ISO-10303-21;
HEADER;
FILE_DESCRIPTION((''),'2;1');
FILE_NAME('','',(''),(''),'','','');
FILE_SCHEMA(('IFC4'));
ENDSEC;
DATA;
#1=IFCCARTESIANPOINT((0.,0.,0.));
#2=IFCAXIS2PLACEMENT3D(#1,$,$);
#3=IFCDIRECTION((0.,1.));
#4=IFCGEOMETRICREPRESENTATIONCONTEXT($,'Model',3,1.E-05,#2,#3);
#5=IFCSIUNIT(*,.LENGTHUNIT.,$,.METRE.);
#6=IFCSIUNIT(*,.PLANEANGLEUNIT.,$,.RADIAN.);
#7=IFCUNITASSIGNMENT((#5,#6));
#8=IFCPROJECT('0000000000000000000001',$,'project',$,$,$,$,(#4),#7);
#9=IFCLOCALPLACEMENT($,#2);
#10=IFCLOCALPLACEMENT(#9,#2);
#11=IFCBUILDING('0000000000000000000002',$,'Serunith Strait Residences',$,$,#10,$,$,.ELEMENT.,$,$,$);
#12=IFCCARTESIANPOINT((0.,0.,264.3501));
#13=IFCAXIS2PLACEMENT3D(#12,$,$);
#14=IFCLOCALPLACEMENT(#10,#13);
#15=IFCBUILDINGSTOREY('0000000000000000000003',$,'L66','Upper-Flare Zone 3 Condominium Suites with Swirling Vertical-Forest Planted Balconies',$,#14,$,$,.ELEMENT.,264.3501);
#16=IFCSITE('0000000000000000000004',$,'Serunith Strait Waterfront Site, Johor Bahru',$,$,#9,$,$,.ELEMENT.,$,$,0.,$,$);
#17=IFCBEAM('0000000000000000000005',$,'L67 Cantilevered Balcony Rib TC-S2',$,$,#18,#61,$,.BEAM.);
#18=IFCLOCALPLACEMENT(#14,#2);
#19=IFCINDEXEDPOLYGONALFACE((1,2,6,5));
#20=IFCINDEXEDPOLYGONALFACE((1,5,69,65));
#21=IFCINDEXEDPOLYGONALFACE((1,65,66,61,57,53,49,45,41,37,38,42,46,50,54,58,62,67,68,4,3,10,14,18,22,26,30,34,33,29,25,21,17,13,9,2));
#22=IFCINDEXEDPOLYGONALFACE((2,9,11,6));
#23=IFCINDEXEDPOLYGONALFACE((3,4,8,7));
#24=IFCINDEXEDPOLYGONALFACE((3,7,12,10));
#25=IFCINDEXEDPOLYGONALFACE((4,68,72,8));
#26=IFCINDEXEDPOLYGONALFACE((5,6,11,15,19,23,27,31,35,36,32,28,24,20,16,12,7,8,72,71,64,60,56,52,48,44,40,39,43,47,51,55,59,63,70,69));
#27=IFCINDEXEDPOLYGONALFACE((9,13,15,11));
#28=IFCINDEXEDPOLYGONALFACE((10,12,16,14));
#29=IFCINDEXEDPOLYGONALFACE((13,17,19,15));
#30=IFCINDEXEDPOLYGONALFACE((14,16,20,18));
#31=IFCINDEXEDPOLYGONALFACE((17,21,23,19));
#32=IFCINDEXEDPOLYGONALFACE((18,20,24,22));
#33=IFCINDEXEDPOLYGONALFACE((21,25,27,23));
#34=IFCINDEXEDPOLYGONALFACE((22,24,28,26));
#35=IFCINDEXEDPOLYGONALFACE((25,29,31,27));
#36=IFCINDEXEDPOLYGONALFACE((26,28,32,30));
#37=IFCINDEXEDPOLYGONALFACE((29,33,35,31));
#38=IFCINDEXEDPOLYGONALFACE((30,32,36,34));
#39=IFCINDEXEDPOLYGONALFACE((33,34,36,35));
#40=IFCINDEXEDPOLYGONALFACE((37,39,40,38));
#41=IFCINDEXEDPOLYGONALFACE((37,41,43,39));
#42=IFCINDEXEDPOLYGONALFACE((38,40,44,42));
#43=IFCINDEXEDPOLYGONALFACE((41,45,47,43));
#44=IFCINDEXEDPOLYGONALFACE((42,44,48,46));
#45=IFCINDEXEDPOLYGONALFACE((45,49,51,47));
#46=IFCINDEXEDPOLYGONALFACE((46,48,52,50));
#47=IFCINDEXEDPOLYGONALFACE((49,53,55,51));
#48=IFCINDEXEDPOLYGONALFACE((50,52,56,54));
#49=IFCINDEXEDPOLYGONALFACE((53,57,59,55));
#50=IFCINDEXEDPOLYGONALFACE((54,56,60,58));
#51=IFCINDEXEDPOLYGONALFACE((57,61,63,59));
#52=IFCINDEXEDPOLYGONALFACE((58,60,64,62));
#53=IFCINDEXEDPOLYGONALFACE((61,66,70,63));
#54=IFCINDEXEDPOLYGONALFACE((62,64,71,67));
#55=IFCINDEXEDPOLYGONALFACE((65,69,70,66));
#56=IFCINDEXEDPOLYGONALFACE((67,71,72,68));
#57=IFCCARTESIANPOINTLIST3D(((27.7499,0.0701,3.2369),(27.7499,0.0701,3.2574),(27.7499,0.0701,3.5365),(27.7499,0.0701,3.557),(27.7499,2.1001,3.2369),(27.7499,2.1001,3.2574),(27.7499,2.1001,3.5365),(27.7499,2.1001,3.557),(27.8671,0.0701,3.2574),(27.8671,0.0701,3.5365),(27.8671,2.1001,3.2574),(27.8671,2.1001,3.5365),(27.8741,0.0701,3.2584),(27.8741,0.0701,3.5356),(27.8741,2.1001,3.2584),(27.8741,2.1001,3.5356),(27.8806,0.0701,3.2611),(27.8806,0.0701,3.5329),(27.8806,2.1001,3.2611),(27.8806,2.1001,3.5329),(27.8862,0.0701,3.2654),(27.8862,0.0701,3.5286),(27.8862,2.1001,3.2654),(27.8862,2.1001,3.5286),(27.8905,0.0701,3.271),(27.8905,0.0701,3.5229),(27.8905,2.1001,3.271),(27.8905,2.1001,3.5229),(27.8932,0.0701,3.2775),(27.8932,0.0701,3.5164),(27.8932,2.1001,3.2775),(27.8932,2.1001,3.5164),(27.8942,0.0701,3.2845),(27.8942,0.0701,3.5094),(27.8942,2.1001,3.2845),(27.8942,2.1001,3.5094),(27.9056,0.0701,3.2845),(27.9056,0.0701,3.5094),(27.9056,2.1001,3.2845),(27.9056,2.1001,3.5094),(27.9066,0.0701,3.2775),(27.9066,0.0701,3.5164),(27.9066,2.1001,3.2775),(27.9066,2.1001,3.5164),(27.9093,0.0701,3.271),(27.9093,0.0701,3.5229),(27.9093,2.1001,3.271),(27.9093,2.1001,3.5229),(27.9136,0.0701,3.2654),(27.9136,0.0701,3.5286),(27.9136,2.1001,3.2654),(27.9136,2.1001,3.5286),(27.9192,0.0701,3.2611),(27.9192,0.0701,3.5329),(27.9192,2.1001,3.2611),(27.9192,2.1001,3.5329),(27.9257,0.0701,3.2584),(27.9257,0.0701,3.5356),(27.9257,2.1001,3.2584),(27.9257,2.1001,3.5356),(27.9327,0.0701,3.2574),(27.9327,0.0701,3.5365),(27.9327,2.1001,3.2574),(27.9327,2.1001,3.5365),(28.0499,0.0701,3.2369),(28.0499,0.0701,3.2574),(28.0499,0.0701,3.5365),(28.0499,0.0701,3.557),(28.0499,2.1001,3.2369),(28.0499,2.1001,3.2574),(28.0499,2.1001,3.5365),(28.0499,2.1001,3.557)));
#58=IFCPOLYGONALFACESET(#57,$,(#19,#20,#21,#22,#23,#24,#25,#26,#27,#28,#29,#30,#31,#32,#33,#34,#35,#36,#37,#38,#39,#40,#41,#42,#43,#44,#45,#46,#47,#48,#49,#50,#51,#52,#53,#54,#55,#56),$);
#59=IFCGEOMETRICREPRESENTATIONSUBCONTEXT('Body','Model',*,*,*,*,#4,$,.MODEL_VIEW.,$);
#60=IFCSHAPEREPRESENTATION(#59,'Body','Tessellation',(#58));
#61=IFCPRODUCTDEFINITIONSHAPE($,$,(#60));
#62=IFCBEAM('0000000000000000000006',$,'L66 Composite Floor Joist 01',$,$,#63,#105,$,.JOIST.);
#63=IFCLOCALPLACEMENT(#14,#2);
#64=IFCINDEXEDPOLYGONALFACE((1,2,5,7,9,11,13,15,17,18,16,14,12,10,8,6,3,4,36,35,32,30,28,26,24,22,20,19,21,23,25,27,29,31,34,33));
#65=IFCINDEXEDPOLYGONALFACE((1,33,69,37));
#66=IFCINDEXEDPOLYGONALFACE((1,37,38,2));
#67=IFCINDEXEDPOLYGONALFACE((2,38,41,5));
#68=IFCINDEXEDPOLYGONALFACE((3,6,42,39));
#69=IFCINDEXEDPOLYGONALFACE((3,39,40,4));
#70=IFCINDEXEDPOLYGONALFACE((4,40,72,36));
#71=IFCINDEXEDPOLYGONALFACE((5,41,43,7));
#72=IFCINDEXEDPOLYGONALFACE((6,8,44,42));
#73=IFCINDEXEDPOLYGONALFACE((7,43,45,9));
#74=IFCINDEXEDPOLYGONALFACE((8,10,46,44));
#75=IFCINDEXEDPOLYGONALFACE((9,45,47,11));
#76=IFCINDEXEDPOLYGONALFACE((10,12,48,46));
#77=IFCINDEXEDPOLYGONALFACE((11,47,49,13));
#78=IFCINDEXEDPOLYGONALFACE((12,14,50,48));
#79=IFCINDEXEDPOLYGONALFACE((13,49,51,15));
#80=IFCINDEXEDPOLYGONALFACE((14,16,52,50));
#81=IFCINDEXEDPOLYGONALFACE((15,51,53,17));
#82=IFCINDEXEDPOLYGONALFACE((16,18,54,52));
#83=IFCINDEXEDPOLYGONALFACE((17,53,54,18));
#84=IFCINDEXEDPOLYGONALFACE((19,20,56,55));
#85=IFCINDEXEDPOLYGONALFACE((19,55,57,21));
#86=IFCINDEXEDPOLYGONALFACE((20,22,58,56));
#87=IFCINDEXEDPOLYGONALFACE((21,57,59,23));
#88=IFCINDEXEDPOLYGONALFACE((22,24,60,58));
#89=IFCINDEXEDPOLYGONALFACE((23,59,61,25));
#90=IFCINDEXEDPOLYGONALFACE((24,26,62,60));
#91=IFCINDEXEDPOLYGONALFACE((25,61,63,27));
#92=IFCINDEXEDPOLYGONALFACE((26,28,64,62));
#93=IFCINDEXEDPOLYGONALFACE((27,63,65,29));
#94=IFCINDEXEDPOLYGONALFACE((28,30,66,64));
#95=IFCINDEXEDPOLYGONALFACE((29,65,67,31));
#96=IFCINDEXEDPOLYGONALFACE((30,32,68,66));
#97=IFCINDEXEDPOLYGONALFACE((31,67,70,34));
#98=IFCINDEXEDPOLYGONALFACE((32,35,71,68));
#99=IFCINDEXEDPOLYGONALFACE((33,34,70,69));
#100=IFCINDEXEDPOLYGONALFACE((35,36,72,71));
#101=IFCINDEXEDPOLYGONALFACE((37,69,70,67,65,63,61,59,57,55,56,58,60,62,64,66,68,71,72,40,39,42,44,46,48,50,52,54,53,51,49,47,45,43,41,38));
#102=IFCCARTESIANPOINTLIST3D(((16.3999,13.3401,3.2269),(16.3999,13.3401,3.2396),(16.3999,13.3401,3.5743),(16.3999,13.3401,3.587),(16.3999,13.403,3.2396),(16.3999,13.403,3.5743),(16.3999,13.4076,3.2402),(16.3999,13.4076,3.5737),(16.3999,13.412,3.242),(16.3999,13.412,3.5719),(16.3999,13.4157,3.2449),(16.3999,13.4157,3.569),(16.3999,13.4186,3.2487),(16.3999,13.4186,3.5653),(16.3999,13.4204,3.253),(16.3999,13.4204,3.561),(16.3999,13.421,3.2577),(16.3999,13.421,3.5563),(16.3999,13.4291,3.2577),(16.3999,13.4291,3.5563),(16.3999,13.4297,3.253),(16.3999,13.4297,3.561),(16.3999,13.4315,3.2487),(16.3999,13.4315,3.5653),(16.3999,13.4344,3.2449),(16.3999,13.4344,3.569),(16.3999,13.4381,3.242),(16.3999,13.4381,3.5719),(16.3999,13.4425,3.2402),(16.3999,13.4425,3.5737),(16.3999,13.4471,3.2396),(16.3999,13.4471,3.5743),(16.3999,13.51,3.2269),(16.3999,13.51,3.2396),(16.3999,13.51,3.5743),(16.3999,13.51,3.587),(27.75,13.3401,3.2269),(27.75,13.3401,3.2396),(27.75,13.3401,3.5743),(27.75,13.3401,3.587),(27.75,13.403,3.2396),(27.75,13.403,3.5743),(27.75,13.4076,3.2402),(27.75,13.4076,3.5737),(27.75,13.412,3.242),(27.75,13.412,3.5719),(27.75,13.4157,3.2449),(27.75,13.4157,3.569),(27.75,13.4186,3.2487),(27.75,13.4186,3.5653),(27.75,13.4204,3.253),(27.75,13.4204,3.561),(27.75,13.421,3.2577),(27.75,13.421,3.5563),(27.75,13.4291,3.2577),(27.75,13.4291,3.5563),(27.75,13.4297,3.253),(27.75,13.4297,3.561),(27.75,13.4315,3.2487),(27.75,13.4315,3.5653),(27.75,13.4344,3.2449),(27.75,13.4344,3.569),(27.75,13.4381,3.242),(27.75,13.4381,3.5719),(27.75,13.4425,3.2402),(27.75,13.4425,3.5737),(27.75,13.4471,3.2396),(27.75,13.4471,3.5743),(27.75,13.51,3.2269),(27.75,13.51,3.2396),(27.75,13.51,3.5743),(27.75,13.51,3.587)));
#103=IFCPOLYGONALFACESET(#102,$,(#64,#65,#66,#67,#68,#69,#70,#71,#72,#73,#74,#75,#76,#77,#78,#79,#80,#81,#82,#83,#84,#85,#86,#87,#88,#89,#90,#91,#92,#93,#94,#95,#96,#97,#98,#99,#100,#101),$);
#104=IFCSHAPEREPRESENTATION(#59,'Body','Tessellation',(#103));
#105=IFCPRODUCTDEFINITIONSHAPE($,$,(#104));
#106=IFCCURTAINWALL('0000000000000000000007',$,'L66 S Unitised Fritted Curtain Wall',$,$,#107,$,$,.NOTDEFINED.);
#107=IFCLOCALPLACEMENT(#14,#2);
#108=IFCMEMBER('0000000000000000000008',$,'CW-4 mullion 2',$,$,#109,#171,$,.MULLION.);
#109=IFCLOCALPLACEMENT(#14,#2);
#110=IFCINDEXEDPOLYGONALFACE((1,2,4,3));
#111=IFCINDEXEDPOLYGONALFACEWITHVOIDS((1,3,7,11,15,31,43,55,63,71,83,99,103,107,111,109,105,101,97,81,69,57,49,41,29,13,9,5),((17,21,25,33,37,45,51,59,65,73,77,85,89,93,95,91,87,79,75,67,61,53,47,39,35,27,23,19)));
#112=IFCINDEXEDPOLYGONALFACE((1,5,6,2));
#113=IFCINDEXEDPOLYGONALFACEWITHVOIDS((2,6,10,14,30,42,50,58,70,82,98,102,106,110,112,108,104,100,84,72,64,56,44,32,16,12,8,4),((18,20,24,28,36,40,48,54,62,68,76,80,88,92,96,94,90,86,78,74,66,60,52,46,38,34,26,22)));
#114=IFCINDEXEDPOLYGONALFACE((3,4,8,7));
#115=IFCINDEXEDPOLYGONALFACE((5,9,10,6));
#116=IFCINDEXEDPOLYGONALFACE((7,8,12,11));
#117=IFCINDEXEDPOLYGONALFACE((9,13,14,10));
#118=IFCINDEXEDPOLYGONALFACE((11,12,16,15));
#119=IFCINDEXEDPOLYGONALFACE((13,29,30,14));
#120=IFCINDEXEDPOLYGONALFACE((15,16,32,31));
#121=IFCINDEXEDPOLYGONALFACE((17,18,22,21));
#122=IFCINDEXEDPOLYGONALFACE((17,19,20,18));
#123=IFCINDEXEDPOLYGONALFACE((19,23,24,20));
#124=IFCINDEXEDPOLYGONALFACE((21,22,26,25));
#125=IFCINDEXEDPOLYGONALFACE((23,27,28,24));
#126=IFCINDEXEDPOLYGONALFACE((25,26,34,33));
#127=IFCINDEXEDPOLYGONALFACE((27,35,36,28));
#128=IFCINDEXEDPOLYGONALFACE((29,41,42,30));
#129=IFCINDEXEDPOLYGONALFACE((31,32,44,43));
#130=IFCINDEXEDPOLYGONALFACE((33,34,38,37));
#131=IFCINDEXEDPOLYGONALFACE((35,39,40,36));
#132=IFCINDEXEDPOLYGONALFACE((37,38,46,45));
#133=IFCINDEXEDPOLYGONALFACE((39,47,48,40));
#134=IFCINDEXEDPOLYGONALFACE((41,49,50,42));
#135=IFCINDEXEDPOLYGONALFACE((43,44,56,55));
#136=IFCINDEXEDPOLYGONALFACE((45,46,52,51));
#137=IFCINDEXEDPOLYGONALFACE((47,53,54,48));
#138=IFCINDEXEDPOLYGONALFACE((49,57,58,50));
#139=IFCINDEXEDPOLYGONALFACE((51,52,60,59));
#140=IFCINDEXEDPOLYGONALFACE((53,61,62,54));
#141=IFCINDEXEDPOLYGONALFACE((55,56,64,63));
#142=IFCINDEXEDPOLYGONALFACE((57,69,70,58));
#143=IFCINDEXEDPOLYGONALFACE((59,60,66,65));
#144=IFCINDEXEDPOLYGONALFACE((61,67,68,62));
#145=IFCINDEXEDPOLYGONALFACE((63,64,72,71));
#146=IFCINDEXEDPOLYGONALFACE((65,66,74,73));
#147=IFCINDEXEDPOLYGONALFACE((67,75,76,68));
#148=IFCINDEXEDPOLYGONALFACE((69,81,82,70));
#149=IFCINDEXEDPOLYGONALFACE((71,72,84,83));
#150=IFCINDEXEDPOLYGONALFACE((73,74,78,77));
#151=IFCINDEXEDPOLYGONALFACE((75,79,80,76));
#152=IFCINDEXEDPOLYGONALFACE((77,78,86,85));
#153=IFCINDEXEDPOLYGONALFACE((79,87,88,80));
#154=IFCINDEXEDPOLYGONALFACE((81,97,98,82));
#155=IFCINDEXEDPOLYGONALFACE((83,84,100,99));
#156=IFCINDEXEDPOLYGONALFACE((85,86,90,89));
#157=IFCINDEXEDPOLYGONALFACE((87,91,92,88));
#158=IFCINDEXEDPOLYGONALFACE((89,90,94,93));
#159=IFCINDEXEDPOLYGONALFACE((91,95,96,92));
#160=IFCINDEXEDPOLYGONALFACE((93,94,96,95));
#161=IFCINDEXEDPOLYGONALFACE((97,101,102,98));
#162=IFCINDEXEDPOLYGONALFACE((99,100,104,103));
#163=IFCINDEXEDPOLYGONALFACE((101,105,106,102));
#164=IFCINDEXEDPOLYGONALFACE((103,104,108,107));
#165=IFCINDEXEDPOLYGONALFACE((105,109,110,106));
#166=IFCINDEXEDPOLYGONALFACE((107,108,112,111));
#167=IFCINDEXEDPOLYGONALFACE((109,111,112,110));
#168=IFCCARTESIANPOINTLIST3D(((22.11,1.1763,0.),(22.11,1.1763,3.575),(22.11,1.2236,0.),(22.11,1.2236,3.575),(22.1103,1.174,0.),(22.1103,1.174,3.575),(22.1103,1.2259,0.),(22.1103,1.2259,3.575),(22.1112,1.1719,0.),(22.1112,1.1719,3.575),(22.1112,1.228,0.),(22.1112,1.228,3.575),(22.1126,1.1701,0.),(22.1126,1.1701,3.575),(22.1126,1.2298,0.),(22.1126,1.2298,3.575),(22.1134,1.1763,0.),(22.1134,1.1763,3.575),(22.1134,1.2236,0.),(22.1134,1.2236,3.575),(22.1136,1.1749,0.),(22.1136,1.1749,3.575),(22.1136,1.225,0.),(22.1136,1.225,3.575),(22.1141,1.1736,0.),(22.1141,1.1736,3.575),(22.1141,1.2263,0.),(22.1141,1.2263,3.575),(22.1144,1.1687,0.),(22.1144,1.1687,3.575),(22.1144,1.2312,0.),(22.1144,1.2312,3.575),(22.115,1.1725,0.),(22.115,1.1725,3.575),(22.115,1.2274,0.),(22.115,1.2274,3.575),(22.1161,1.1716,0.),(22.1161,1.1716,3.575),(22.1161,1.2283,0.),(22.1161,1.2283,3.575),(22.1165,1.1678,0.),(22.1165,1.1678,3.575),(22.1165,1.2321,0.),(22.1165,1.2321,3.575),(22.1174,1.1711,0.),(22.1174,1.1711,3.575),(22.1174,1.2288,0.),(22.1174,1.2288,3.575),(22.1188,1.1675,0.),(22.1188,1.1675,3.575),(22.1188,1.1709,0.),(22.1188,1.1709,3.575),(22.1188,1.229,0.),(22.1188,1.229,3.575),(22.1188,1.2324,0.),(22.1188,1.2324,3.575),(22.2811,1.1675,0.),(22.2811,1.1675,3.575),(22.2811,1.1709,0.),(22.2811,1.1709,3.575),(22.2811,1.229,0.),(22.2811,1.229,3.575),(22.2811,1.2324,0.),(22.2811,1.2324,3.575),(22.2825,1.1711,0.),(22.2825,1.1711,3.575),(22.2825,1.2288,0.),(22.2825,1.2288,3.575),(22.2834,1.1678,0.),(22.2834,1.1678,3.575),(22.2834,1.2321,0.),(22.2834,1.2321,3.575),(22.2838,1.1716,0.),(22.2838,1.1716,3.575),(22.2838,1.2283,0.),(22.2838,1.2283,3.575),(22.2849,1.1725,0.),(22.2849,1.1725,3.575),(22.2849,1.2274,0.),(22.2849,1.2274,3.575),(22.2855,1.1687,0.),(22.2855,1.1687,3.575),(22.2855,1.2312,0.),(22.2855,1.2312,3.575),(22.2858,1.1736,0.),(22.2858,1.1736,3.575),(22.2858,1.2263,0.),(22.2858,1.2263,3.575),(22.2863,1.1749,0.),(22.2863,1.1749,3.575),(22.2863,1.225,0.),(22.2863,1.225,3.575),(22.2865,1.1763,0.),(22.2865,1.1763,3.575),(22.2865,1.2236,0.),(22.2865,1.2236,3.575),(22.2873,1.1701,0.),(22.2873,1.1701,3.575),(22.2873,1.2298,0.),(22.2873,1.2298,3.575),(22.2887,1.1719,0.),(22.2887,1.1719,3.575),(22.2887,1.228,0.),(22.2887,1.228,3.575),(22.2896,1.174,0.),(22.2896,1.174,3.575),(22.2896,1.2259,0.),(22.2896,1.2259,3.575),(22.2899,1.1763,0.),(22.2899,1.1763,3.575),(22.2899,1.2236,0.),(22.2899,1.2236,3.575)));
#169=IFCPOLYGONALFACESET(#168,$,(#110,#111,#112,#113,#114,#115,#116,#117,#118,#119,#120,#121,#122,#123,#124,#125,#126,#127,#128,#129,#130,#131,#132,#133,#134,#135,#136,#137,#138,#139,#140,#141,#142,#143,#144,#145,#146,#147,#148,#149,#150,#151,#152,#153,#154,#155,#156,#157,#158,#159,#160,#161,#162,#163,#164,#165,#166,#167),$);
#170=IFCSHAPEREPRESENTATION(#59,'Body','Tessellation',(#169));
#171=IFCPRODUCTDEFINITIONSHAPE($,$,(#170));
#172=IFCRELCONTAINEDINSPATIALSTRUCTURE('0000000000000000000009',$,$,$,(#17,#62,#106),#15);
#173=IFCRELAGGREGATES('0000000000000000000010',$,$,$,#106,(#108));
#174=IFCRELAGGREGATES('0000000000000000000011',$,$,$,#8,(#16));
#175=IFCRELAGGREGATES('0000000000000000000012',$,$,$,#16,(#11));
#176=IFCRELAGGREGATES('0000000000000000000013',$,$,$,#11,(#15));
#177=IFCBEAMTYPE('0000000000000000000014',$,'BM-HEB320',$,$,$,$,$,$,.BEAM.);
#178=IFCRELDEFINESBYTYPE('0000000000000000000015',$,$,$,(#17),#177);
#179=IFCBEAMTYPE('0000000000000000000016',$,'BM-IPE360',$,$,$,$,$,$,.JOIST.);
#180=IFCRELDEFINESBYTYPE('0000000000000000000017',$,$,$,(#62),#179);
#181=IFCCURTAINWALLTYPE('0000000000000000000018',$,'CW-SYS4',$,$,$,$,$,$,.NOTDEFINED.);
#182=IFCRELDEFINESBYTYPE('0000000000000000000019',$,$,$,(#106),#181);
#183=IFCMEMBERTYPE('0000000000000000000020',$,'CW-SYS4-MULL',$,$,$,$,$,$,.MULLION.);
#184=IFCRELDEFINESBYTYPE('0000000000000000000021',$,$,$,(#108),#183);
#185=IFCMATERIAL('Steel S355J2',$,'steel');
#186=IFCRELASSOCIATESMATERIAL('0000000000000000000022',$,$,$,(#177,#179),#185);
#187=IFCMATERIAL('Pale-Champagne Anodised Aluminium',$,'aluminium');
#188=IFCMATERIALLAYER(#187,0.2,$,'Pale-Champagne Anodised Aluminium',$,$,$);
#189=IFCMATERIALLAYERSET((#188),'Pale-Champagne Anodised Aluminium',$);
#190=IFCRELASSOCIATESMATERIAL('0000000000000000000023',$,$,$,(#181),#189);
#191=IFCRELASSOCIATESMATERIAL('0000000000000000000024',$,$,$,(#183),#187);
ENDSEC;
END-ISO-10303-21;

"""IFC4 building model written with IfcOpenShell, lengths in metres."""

from ifc_helpers import new_model, si_unit, direction, frame, origin, origin_2d, place, context, subcontext, project, spatial, hollow_rectangle, i_section, extrude, source, transform, mapped, material, layer, layer_set, material_profile, profile_set, type_object, element, aggregate, save


model = new_model("IFC4")

# Units and contexts
model_context = context("Model", 3, precision=1e-05, world=origin(), true_north=direction((0.0, 1.0)))
body_context = subcontext(model_context, "Body", "Model", "MODEL_VIEW")
ifc_project = project(units=[si_unit("LENGTHUNIT", "METRE"), si_unit("PLANEANGLEUNIT", "RADIAN")], contexts=[model_context])

# Site, building, storey
site_placement = place(None, origin())
site = spatial("IfcSite", under=ifc_project, at=site_placement, Name="Serunith Strait Waterfront Site, Johor Bahru", CompositionType="ELEMENT", RefElevation=0.0)
building_placement = place(site_placement, origin())
building = spatial("IfcBuilding", under=site, at=building_placement, Name="Serunith Strait Residences", CompositionType="ELEMENT")
storey_placement = place(building_placement, frame((0.0, 0.0, 264.3501)))
storey = spatial("IfcBuildingStorey", under=building, at=storey_placement, Name="L66", Description="Upper-Flare Zone 3 Condominium Suites with Swirling Vertical-Forest Planted Balconies", CompositionType="ELEMENT", Elevation=264.3501)

# Beams
ifc_material_1 = material(Name="Steel S355J2", Category="steel")
ifc_material_profile_1 = material_profile(ifc_material_1, i_section(OverallWidth=0.3, OverallDepth=0.3201, WebThickness=0.0115, FlangeThickness=0.0205, FilletRadius=0.0271, at=origin_2d()), Name="HEB 320")
ifc_profile_set_1 = profile_set([ifc_material_profile_1], Name="Steel S355J2")
beam_type_1 = type_object("IfcBeamType", Name="BM-HEB320", PredefinedType="BEAM", material=ifc_profile_set_1)
shared_shape_1 = source(origin(), body_context, "Body", "SweptSolid", [
    extrude(i_section(OverallWidth=0.3, OverallDepth=0.3201, WebThickness=0.0115, FlangeThickness=0.0205, FilletRadius=0.0271, at=origin_2d()), origin(), (0.0, 0.0, 1.0), 2.03),
])
beam_1_placement = place(storey_placement, frame((27.8999, 2.1001, 3.397), z_axis=(0.0, -1.0, 0.0), x_axis=(1.0, 0.0, 0.0)))
element("IfcBeam", 1, at=beam_1_placement, inside=storey, type_object=beam_type_1, Name="L67 Cantilevered Balcony Rib TC-S2", PredefinedType="BEAM", context=body_context, shape_type="MappedRepresentation", body=[
    mapped(shared_shape_1, transform((0.0, 0.0, 0.0), scale=1.0)),
])
ifc_material_profile_2 = material_profile(ifc_material_1, i_section(OverallWidth=0.1699, OverallDepth=0.3601, WebThickness=0.0081, FlangeThickness=0.0127, FilletRadius=0.0181, at=origin_2d()), Name="IPE 360")
ifc_profile_set_2 = profile_set([ifc_material_profile_2], Name="Steel S355J2")
beam_type_2 = type_object("IfcBeamType", Name="BM-IPE360", PredefinedType="JOIST", material=ifc_profile_set_2)
shared_shape_2 = source(origin(), body_context, "Body", "SweptSolid", [
    extrude(i_section(OverallWidth=0.1699, OverallDepth=0.3601, WebThickness=0.0081, FlangeThickness=0.0127, FilletRadius=0.0181, at=origin_2d()), origin(), (0.0, 0.0, 1.0), 11.3501),
])
beam_2_placement = place(storey_placement, frame((16.3999, 13.425, 3.407), z_axis=(1.0, 0.0, 0.0), x_axis=(0.0, 1.0, 0.0)))
element("IfcBeam", 2, at=beam_2_placement, inside=storey, type_object=beam_type_2, Name="L66 Composite Floor Joist 01", PredefinedType="JOIST", context=body_context, shape_type="MappedRepresentation", body=[
    mapped(shared_shape_2, transform((0.0, 0.0, 0.0), scale=1.0)),
])

# Curtain wall, member
ifc_material_2 = material(Name="Pale-Champagne Anodised Aluminium", Category="aluminium")
ifc_layer_1 = layer(ifc_material_2, 0.2, Name="Pale-Champagne Anodised Aluminium")
ifc_layer_set_1 = layer_set([ifc_layer_1], Name="Pale-Champagne Anodised Aluminium")
curtain_wall_type = type_object("IfcCurtainWallType", Name="CW-SYS4", PredefinedType="NOTDEFINED", material=ifc_layer_set_1)
curtain_wall_placement = place(storey_placement, origin())
curtain_wall = element("IfcCurtainWall", 3, at=curtain_wall_placement, inside=storey, type_object=curtain_wall_type, Name="L66 S Unitised Fritted Curtain Wall", PredefinedType="NOTDEFINED")
ifc_material_profile_3 = material_profile(ifc_material_2, hollow_rectangle(XDim=0.0649, YDim=0.1799, WallThickness=0.0034, InnerFilletRadius=0.0054, OuterFilletRadius=0.0088, at=origin_2d()), Name="ALU 180x65x3.5")
ifc_profile_set_3 = profile_set([ifc_material_profile_3], Name="Pale-Champagne Anodised Aluminium")
member_type_1 = type_object("IfcMemberType", Name="CW-SYS4-MULL", PredefinedType="MULLION", material=ifc_profile_set_3)
shared_shape_3 = source(origin(), body_context, "Body", "SweptSolid", [
    extrude(hollow_rectangle(XDim=0.0649, YDim=0.1799, WallThickness=0.0034, InnerFilletRadius=0.0054, OuterFilletRadius=0.0088, at=origin_2d()), origin(), (0.0, 0.0, 1.0), 3.575),
])
member_1_placement = place(storey_placement, frame((22.2, 1.2, 0.0), z_axis=(0.0, 0.0, 1.0), x_axis=(0.0, 1.0, 0.0)))
member_1 = element("IfcMember", 4, at=member_1_placement, type_object=member_type_1, Name="CW-4 mullion 2", PredefinedType="MULLION", context=body_context, shape_type="MappedRepresentation", body=[
    mapped(shared_shape_3, transform((0.0, 0.0, 0.0), scale=1.0)),
])
aggregate(curtain_wall, [member_1])

save(model, "model.ifc")
